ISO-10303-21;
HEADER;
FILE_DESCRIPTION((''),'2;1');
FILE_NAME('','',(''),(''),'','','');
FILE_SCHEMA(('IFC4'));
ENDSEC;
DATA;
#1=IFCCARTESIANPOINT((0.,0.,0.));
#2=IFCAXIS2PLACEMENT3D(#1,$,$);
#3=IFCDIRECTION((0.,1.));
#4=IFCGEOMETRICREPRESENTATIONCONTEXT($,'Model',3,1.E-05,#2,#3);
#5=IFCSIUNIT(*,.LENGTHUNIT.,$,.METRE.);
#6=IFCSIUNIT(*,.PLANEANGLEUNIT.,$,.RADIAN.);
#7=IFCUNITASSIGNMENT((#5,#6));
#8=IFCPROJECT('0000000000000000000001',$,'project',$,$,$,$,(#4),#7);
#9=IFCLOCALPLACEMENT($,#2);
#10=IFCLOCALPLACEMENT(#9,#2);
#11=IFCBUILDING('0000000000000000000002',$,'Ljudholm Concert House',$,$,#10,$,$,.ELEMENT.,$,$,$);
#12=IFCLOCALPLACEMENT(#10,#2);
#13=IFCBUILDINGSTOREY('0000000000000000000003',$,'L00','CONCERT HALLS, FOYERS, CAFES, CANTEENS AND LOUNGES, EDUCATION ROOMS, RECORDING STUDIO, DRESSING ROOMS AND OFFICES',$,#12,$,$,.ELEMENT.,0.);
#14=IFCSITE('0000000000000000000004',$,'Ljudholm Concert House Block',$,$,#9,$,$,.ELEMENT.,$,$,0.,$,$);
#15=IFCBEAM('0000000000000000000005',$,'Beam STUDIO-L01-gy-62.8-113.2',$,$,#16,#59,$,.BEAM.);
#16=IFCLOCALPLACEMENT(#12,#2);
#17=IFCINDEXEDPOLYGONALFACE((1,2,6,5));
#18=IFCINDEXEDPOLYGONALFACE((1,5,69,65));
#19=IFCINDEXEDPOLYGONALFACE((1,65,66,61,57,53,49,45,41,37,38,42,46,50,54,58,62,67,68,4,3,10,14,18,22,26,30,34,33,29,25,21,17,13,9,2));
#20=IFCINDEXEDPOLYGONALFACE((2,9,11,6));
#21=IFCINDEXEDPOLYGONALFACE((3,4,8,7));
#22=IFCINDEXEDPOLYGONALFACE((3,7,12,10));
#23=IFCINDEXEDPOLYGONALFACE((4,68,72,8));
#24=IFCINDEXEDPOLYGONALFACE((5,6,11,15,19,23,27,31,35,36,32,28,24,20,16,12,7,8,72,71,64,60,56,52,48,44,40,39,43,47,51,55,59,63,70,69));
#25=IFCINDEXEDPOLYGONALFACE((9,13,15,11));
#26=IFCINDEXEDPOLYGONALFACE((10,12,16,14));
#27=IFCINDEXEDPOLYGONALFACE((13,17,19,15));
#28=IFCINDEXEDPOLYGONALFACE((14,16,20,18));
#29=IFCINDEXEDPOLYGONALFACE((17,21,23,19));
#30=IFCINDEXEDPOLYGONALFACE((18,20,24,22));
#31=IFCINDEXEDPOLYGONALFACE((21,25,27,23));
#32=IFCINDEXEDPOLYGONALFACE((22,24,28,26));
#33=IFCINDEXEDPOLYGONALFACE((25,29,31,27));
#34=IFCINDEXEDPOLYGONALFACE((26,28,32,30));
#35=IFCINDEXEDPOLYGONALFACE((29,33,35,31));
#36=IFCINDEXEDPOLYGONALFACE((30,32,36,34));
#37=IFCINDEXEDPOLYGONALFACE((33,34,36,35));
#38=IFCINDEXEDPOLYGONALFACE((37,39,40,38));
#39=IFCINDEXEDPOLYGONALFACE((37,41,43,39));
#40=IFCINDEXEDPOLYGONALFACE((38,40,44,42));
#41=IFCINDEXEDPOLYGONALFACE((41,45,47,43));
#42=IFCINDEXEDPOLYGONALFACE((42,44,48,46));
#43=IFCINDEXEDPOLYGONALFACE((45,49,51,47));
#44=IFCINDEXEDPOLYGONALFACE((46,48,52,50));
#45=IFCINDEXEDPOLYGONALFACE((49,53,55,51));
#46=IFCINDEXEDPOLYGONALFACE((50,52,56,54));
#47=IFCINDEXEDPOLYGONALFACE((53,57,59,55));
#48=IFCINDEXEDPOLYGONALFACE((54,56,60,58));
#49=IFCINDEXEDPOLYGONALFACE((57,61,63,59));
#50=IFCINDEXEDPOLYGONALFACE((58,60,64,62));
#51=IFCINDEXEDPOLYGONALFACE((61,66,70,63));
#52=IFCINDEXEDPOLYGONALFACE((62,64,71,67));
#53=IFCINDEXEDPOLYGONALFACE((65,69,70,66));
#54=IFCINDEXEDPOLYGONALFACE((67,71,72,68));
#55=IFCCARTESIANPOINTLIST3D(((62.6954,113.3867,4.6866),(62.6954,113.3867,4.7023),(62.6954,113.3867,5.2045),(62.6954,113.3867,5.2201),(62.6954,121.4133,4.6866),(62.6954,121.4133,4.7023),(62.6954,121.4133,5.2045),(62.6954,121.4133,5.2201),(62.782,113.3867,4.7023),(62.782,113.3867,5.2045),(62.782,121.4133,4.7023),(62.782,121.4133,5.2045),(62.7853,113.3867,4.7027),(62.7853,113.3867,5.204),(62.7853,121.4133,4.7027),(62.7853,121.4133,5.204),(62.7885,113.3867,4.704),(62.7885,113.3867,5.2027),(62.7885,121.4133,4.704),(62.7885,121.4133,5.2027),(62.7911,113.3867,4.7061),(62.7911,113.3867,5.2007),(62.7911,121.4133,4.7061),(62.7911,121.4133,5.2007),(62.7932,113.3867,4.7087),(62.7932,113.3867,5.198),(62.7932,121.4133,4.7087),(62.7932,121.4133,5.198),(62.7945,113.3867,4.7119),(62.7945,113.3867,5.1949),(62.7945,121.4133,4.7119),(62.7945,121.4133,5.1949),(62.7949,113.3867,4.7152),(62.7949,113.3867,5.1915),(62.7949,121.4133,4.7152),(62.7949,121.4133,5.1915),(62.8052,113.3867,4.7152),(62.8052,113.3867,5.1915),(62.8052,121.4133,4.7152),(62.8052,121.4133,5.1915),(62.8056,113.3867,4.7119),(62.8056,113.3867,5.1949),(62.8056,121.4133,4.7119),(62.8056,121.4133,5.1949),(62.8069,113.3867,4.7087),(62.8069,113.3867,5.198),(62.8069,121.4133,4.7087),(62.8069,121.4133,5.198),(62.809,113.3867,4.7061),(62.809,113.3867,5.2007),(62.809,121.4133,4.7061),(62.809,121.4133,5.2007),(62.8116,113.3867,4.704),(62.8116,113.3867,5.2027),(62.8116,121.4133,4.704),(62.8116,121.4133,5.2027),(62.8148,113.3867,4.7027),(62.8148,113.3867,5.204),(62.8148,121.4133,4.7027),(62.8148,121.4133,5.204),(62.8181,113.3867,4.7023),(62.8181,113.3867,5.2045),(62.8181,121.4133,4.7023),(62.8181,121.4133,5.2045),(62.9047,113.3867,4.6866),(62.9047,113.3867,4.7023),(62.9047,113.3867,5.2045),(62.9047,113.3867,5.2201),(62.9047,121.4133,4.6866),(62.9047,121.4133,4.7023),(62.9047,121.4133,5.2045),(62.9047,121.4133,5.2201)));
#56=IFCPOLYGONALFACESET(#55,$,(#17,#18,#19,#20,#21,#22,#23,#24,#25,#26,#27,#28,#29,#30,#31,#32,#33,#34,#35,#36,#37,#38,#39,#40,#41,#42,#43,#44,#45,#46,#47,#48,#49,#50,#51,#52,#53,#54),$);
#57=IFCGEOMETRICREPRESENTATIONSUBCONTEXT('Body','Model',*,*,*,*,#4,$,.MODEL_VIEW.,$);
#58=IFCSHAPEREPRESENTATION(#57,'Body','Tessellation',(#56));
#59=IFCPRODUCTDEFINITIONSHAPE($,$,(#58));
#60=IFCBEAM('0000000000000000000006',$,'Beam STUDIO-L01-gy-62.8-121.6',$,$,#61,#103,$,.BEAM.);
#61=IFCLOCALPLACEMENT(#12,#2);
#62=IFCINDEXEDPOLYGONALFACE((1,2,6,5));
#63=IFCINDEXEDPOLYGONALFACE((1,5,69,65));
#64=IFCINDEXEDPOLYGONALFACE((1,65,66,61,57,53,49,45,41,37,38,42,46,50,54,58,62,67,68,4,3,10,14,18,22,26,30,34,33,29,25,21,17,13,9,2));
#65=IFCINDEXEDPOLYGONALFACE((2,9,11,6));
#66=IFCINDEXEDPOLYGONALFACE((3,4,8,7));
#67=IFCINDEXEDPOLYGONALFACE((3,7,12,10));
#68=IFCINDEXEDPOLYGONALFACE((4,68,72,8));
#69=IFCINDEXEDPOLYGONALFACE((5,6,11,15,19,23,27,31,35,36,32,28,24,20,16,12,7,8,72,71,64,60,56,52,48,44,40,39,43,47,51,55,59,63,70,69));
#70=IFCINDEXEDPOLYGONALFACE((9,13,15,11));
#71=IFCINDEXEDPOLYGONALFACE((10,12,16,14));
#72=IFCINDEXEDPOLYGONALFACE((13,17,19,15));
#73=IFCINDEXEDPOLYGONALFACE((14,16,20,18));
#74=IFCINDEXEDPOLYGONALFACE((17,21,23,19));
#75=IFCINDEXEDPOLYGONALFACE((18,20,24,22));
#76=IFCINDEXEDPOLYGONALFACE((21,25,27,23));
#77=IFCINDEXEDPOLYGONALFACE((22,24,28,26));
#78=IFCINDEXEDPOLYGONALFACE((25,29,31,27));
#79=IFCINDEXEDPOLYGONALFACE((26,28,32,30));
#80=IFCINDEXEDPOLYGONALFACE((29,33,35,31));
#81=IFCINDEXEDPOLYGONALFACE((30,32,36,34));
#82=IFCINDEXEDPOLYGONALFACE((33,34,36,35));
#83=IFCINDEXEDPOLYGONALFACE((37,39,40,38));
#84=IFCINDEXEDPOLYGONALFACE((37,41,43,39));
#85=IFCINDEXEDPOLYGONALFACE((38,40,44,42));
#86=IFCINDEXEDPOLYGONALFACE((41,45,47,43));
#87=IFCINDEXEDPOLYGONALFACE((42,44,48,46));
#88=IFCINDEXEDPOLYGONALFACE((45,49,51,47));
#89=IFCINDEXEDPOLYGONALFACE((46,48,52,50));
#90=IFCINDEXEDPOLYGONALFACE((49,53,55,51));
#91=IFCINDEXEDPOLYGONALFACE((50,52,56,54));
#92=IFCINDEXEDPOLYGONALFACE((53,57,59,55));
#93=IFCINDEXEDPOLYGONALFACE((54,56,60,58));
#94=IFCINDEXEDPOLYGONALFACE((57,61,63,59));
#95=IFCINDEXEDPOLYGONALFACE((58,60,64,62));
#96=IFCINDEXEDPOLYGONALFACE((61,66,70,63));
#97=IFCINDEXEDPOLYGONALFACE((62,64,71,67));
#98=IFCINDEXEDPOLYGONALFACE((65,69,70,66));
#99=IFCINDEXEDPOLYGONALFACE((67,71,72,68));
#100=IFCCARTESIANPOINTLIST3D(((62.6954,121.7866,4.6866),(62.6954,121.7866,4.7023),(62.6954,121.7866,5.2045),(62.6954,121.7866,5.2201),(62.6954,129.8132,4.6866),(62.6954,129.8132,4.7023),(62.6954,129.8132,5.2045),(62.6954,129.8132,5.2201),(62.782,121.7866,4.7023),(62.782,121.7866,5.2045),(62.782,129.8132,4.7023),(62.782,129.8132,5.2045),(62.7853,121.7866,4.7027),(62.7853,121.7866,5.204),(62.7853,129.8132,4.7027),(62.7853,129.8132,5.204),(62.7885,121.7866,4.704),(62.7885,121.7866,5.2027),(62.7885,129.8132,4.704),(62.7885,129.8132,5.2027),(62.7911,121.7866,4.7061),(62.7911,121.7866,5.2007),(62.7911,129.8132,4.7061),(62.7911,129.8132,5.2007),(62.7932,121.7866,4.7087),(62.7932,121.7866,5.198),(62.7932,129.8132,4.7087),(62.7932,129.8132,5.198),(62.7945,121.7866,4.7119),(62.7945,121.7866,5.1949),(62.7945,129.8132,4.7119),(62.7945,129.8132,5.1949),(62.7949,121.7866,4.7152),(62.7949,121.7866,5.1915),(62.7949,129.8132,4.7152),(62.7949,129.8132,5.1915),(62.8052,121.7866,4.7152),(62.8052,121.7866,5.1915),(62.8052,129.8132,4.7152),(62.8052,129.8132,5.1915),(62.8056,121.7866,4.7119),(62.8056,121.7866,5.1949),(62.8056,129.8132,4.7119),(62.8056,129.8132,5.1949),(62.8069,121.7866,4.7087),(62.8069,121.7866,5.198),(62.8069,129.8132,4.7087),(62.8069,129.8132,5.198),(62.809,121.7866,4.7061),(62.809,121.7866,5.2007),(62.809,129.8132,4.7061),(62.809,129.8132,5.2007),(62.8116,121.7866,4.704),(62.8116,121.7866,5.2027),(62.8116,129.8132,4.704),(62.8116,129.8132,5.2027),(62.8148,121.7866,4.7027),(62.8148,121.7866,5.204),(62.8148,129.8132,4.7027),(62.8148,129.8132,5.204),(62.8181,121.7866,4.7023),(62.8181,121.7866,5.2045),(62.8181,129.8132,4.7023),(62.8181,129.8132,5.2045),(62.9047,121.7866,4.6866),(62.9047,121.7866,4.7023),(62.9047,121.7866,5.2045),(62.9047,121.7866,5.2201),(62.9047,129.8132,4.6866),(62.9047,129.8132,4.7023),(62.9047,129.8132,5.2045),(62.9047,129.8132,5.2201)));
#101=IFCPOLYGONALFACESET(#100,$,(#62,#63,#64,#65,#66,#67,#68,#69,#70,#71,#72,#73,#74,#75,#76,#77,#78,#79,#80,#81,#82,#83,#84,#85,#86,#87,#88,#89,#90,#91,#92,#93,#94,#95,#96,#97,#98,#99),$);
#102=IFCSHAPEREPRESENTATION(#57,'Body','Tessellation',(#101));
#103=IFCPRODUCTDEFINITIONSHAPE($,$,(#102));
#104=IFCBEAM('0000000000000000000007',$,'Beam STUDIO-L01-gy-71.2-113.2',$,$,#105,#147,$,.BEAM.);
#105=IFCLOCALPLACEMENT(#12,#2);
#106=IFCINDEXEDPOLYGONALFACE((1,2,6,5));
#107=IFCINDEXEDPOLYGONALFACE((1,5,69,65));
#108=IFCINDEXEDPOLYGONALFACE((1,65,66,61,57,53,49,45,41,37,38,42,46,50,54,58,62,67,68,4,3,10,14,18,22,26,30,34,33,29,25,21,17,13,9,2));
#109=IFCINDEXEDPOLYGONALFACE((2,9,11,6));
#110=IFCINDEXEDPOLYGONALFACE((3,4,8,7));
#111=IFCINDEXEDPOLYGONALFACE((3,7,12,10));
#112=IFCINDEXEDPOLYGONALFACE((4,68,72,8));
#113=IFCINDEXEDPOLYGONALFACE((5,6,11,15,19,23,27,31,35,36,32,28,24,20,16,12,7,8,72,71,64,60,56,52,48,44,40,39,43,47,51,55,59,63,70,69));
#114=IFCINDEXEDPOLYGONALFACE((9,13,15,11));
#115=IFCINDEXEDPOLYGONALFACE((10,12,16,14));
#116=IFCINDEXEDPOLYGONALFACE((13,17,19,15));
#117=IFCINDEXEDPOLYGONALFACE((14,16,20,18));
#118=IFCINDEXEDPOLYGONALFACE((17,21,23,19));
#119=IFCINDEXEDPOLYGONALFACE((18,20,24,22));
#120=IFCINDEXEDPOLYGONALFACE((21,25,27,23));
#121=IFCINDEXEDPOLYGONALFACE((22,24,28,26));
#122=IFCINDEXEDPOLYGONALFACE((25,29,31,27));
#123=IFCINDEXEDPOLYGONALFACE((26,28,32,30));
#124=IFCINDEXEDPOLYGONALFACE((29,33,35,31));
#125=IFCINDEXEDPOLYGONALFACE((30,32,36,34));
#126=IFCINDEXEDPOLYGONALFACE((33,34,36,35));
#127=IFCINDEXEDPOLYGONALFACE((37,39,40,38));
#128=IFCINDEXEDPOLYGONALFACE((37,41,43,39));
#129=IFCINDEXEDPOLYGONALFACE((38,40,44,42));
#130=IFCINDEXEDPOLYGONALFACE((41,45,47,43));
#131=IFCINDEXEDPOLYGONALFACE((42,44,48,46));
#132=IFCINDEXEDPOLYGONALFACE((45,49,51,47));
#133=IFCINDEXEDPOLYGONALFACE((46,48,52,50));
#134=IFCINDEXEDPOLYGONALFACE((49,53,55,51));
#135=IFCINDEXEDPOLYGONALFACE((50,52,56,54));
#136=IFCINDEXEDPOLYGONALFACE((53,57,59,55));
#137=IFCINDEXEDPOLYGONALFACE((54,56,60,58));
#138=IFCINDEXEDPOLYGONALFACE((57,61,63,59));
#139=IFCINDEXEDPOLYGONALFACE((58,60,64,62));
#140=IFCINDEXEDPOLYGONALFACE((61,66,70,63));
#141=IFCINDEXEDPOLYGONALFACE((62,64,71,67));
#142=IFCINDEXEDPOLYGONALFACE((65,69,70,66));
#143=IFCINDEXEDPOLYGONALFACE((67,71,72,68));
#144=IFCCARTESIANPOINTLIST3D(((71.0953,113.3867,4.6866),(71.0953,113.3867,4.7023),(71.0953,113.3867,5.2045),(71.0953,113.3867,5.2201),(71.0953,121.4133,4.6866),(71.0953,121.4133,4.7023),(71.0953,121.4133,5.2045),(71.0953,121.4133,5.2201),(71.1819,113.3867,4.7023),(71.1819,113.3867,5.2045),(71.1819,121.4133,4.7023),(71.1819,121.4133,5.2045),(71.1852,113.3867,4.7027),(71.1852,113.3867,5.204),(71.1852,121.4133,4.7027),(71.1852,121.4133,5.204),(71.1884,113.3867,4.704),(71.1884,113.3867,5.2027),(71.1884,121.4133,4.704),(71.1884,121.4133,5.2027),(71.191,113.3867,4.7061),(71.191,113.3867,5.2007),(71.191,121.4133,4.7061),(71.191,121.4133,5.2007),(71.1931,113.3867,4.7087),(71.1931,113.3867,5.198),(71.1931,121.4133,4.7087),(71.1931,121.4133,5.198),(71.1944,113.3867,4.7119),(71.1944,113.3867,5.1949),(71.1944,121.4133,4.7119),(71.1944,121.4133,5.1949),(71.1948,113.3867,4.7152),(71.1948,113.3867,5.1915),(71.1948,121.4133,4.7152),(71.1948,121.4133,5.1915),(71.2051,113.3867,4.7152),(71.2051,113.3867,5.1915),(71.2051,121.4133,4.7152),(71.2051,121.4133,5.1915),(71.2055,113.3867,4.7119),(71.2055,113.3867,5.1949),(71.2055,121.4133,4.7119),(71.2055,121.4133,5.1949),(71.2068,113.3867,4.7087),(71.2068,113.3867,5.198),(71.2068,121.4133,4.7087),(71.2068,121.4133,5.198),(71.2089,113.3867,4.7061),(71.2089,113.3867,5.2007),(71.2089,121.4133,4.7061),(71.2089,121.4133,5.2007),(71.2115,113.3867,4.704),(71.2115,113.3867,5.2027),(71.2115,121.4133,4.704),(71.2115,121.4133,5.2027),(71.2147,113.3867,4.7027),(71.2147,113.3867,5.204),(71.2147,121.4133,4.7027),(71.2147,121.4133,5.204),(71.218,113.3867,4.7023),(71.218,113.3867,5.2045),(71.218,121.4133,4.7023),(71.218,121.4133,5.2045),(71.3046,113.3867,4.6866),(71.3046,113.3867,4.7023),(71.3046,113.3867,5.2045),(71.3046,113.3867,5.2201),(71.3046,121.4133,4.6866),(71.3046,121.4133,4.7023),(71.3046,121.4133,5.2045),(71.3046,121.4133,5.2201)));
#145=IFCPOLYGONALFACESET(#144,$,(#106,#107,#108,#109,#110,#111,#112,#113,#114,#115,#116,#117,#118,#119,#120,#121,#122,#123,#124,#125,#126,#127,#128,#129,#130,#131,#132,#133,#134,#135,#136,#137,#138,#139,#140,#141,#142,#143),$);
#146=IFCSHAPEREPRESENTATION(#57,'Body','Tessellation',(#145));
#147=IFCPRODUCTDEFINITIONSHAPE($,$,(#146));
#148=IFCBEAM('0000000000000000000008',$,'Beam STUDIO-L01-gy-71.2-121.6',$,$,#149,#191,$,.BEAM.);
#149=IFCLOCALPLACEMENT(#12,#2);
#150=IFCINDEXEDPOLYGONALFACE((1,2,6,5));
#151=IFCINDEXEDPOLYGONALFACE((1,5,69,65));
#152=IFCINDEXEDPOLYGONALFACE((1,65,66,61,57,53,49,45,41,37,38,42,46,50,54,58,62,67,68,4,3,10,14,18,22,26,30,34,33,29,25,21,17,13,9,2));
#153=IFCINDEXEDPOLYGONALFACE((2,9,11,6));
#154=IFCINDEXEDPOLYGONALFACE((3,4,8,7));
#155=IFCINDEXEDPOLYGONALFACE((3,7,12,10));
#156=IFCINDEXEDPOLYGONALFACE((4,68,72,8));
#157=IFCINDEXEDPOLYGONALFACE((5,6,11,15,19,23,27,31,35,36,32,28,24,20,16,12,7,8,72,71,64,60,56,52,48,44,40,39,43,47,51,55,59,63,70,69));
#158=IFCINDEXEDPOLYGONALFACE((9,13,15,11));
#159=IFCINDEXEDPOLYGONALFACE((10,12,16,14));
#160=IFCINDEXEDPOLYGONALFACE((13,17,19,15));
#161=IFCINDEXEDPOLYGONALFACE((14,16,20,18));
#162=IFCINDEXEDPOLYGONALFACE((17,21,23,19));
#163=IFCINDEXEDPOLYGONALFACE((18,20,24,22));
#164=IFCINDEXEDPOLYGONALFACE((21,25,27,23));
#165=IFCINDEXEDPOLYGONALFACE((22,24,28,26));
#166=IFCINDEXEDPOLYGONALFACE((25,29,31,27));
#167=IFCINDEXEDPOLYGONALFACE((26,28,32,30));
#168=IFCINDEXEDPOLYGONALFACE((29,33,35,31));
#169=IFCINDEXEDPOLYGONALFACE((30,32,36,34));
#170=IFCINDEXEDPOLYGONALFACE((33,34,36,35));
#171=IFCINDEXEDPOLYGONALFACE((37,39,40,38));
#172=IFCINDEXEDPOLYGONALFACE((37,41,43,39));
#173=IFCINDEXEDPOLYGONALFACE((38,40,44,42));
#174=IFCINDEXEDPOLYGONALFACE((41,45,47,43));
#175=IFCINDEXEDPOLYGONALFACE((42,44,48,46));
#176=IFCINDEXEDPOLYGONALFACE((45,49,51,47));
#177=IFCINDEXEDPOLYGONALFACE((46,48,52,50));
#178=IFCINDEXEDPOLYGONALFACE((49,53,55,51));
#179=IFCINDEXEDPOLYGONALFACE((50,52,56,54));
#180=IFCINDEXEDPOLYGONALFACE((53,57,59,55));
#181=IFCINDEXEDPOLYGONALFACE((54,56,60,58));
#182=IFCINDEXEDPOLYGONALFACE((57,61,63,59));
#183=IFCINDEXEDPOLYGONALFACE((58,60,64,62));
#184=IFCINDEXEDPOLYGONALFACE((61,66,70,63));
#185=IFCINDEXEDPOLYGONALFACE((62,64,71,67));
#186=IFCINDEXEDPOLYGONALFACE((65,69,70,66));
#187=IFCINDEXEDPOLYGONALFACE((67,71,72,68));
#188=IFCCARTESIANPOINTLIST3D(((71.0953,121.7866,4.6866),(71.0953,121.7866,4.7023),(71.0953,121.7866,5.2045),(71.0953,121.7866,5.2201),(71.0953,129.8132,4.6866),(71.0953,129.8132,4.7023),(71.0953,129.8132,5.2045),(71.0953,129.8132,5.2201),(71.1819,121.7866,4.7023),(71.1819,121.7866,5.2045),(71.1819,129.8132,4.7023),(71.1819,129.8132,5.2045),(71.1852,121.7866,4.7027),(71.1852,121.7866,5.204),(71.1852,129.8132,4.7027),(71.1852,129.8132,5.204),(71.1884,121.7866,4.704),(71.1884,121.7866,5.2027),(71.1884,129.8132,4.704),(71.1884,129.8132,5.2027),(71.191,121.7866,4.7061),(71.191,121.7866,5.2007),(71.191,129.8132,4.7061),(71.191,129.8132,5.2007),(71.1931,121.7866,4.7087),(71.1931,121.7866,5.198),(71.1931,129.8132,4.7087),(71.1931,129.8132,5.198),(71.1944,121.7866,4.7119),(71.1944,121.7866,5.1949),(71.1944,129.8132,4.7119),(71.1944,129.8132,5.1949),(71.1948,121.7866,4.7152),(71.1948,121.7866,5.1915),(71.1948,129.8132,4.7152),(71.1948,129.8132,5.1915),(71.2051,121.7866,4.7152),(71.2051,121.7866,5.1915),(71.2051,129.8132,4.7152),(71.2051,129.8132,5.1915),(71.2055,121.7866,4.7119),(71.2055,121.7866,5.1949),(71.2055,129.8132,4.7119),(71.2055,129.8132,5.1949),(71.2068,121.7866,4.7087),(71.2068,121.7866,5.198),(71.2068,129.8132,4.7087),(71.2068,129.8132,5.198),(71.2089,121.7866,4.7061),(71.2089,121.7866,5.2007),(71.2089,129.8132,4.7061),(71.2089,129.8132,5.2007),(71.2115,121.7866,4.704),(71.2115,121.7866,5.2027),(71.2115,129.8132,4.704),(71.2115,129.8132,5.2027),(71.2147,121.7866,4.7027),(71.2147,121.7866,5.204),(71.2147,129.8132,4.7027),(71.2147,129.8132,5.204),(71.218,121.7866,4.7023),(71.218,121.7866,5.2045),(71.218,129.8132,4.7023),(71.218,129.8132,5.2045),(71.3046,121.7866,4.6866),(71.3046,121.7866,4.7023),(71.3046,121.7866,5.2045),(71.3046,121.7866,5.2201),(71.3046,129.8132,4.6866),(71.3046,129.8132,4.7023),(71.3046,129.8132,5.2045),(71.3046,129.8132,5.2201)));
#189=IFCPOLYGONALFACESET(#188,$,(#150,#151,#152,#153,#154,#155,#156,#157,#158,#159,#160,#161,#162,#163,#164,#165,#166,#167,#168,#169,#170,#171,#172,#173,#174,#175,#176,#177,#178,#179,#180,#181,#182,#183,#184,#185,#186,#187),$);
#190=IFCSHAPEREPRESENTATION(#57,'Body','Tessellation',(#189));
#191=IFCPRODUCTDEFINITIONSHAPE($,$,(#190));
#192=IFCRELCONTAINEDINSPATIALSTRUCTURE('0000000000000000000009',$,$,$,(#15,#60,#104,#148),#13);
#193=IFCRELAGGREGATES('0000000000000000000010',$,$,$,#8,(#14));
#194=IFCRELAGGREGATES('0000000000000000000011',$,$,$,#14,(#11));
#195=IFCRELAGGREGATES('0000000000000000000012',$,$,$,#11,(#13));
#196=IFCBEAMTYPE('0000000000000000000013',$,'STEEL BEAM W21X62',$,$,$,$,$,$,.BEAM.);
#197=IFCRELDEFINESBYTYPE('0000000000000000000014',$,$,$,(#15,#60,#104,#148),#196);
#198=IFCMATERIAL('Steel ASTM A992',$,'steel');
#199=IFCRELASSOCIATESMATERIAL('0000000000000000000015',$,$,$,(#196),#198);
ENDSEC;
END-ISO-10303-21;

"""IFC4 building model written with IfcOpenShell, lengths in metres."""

from ifc_helpers import new_model, si_unit, direction, frame, origin, origin_2d, place, context, subcontext, project, spatial, i_section, extrude, material, material_profile, profile_set, type_object, element, save


model = new_model("IFC4")

# Units and contexts
model_context = context("Model", 3, precision=1e-05, world=origin(), true_north=direction((0.0, 1.0)))
body_context = subcontext(model_context, "Body", "Model", "MODEL_VIEW")
ifc_project = project(units=[si_unit("LENGTHUNIT", "METRE"), si_unit("PLANEANGLEUNIT", "RADIAN")], contexts=[model_context])

# Site, building, storey
site_placement = place(None, origin())
site = spatial("IfcSite", under=ifc_project, at=site_placement, Name="Ljudholm Concert House Block", CompositionType="ELEMENT", RefElevation=0.0)
building_placement = place(site_placement, origin())
building = spatial("IfcBuilding", under=site, at=building_placement, Name="Ljudholm Concert House", CompositionType="ELEMENT")
storey_placement = place(building_placement, origin())
storey = spatial("IfcBuildingStorey", under=building, at=storey_placement, Name="L00", Description="CONCERT HALLS, FOYERS, CAFES, CANTEENS AND LOUNGES, EDUCATION ROOMS, RECORDING STUDIO, DRESSING ROOMS AND OFFICES", CompositionType="ELEMENT", Elevation=0.0)

# Beams
ifc_material_1 = material(Name="Steel ASTM A992", Category="steel")
ifc_material_profile_1 = material_profile(ifc_material_1, i_section(OverallWidth=0.2092, OverallDepth=0.5334, WebThickness=0.0103, FlangeThickness=0.0156, FilletRadius=0.0129, at=origin_2d()), Name="W21X62")
ifc_profile_set_1 = profile_set([ifc_material_profile_1], Name="Steel ASTM A992")
beam_type_1 = type_object("IfcBeamType", Name="STEEL BEAM W21X62", PredefinedType="BEAM", material=ifc_profile_set_1)
for number, where, z_axis, x_axis, name in (
    (1, (62.8, 113.3867, 4.9534), (0.0, 1.0, 0.0), (-1.0, 0.0, 0.0), "Beam STUDIO-L01-gy-62.8-113.2"),
    (2, (62.8, 121.7866, 4.9534), (0.0, 1.0, 0.0), (-1.0, 0.0, 0.0), "Beam STUDIO-L01-gy-62.8-121.6"),
    (3, (71.2, 113.3867, 4.9534), (0.0, 1.0, 0.0), (-1.0, 0.0, 0.0), "Beam STUDIO-L01-gy-71.2-113.2"),
    (4, (71.2, 121.7866, 4.9534), (0.0, 1.0, 0.0), (-1.0, 0.0, 0.0), "Beam STUDIO-L01-gy-71.2-121.6"),
):
    element("IfcBeam", number, at=place(storey_placement, frame(where, z_axis=z_axis, x_axis=x_axis)), inside=storey, type_object=beam_type_1, Name=name, PredefinedType="BEAM", context=body_context, shape_type="SweptSolid", body=[
        extrude(i_section(OverallWidth=0.2092, OverallDepth=0.5334, WebThickness=0.0103, FlangeThickness=0.0156, FilletRadius=0.0129, at=origin_2d()), origin(), (0.0, 0.0, 1.0), 8.0266),
    ])

save(model, "model.ifc")
